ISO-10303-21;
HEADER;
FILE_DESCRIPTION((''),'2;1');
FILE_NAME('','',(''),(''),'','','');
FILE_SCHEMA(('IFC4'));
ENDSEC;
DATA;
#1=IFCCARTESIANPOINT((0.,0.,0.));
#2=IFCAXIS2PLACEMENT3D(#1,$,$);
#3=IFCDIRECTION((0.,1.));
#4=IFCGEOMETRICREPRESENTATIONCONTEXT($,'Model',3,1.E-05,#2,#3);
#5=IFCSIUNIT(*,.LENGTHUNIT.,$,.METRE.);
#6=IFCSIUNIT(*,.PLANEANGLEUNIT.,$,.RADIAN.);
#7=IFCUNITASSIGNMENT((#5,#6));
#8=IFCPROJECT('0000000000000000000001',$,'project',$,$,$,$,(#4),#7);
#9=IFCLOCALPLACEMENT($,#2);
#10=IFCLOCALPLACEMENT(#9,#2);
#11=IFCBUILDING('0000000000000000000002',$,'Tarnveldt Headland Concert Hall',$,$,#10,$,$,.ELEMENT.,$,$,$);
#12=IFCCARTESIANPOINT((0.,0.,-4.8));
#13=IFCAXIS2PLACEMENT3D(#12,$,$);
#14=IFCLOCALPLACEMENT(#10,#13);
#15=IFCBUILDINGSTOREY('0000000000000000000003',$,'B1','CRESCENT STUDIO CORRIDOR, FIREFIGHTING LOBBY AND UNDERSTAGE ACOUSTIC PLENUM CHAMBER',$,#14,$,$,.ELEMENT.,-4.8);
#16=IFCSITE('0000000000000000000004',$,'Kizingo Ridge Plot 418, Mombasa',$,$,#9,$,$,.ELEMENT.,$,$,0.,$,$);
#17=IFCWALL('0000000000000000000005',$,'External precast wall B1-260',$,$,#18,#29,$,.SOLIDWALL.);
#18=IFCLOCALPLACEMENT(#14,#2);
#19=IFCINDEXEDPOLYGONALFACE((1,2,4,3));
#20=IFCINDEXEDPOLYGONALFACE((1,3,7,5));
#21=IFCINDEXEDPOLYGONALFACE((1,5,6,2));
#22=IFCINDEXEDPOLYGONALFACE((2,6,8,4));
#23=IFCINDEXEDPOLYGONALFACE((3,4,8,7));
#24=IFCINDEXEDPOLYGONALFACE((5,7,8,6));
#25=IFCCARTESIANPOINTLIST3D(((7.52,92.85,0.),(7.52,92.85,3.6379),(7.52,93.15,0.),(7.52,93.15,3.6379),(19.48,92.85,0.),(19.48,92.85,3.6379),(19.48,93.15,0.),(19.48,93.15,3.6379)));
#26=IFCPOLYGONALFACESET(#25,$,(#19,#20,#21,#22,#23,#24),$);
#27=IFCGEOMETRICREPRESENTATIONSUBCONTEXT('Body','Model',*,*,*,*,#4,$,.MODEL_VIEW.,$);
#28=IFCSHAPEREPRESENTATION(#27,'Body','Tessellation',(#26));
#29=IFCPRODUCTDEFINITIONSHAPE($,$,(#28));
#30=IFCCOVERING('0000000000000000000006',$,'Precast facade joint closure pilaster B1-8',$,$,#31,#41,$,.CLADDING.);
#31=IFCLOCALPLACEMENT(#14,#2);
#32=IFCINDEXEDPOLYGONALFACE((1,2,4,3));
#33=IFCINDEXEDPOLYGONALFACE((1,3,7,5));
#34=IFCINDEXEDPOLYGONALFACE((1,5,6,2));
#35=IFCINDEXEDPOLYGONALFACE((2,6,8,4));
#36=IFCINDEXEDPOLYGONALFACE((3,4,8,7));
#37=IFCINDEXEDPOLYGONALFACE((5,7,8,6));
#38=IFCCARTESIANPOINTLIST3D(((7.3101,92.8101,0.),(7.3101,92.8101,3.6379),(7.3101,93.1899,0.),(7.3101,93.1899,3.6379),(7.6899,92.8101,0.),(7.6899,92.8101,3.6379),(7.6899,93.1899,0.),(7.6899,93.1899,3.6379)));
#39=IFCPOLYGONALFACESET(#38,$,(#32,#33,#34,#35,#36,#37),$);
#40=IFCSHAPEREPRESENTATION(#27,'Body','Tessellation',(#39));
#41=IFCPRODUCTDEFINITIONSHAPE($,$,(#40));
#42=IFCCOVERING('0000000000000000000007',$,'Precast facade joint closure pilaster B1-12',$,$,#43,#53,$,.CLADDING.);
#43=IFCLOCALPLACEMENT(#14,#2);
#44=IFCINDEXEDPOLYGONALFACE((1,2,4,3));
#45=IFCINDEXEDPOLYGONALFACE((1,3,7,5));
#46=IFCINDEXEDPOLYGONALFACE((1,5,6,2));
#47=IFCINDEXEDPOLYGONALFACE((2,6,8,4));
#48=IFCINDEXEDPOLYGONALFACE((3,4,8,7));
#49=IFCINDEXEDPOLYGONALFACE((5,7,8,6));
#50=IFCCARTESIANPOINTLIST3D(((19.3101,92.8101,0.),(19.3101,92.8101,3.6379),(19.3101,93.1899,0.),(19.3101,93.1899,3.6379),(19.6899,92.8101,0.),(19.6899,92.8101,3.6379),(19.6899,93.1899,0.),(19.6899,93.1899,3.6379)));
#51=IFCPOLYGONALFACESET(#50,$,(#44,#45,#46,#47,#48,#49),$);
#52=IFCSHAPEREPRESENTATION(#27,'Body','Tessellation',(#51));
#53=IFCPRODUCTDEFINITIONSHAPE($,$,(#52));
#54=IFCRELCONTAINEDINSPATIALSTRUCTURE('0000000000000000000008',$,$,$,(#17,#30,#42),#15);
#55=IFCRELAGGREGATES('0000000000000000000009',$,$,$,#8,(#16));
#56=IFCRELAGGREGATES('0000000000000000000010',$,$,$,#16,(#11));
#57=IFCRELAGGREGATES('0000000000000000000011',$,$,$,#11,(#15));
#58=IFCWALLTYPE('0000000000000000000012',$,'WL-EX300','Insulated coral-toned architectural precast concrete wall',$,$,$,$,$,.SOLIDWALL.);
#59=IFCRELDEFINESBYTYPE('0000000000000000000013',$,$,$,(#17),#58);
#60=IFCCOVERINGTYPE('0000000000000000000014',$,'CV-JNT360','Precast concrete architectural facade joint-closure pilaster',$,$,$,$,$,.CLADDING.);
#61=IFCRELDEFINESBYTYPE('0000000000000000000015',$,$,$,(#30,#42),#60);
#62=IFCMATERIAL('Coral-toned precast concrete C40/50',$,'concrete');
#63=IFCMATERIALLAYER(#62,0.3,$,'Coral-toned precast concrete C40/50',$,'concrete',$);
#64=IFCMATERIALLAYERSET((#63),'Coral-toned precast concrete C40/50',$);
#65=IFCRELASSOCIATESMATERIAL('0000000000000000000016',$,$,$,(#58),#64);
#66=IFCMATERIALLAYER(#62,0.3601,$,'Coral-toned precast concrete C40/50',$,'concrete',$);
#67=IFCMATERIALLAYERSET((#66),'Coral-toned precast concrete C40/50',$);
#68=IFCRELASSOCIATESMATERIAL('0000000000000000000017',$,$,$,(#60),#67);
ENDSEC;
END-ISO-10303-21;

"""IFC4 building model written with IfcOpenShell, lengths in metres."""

from ifc_helpers import new_model, si_unit, direction, frame, frame_2d, origin, origin_2d, place, context, subcontext, project, spatial, rectangle, extrude, material, layer, layer_set, type_object, element, save


model = new_model("IFC4")

# Units and contexts
model_context = context("Model", 3, precision=1e-05, world=origin(), true_north=direction((0.0, 1.0)))
body_context = subcontext(model_context, "Body", "Model", "MODEL_VIEW")
ifc_project = project(units=[si_unit("LENGTHUNIT", "METRE"), si_unit("PLANEANGLEUNIT", "RADIAN")], contexts=[model_context])

# Site, building, storey
site_placement = place(None, origin())
site = spatial("IfcSite", under=ifc_project, at=site_placement, Name="Kizingo Ridge Plot 418, Mombasa", CompositionType="ELEMENT", RefElevation=0.0)
building_placement = place(site_placement, origin())
building = spatial("IfcBuilding", under=site, at=building_placement, Name="Tarnveldt Headland Concert Hall", CompositionType="ELEMENT")
storey_placement = place(building_placement, frame((0.0, 0.0, -4.8)))
storey = spatial("IfcBuildingStorey", under=building, at=storey_placement, Name="B1", Description="CRESCENT STUDIO CORRIDOR, FIREFIGHTING LOBBY AND UNDERSTAGE ACOUSTIC PLENUM CHAMBER", CompositionType="ELEMENT", Elevation=-4.8)

# Wall
ifc_material_1 = material(Name="Coral-toned precast concrete C40/50", Category="concrete")
ifc_layer_1 = layer(ifc_material_1, 0.3, Name="Coral-toned precast concrete C40/50", Category="concrete")
ifc_layer_set_1 = layer_set([ifc_layer_1], Name="Coral-toned precast concrete C40/50")
wall_type = type_object("IfcWallType", Name="WL-EX300", Description="Insulated coral-toned architectural precast concrete wall", PredefinedType="SOLIDWALL", material=ifc_layer_set_1)
wall_1_placement = place(storey_placement, frame((7.52, 93.0, 0.0), z_axis=(0.0, 0.0, 1.0), x_axis=(1.0, 0.0, 0.0)))
element("IfcWall", 1, at=wall_1_placement, inside=storey, type_object=wall_type, Name="External precast wall B1-260", PredefinedType="SOLIDWALL", context=body_context, shape_type="SweptSolid", body=[
    extrude(rectangle(XDim=11.96, YDim=0.3, at=frame_2d((5.98, 0.0))), origin(), (0.0, 0.0, 1.0), 3.6379),
])

# Coverings
ifc_layer_2 = layer(ifc_material_1, 0.3601, Name="Coral-toned precast concrete C40/50", Category="concrete")
ifc_layer_set_2 = layer_set([ifc_layer_2], Name="Coral-toned precast concrete C40/50")
covering_type = type_object("IfcCoveringType", Name="CV-JNT360", Description="Precast concrete architectural facade joint-closure pilaster", PredefinedType="CLADDING", material=ifc_layer_set_2)
for number, where, z_axis, x_axis, name in (
    (2, (7.5, 93.0, 0.0), (0.0, 0.0, 1.0), (1.0, 0.0, 0.0), "Precast facade joint closure pilaster B1-8"),
    (3, (19.5, 93.0, 0.0), (0.0, 0.0, 1.0), (0.0, 1.0, 0.0), "Precast facade joint closure pilaster B1-12"),
):
    element("IfcCovering", number, at=place(storey_placement, frame(where, z_axis=z_axis, x_axis=x_axis)), inside=storey, type_object=covering_type, Name=name, PredefinedType="CLADDING", context=body_context, shape_type="SweptSolid", body=[
        extrude(rectangle(XDim=0.3799, YDim=0.3799, at=origin_2d()), origin(), (0.0, 0.0, 1.0), 3.6379),
    ])

save(model, "model.ifc")
